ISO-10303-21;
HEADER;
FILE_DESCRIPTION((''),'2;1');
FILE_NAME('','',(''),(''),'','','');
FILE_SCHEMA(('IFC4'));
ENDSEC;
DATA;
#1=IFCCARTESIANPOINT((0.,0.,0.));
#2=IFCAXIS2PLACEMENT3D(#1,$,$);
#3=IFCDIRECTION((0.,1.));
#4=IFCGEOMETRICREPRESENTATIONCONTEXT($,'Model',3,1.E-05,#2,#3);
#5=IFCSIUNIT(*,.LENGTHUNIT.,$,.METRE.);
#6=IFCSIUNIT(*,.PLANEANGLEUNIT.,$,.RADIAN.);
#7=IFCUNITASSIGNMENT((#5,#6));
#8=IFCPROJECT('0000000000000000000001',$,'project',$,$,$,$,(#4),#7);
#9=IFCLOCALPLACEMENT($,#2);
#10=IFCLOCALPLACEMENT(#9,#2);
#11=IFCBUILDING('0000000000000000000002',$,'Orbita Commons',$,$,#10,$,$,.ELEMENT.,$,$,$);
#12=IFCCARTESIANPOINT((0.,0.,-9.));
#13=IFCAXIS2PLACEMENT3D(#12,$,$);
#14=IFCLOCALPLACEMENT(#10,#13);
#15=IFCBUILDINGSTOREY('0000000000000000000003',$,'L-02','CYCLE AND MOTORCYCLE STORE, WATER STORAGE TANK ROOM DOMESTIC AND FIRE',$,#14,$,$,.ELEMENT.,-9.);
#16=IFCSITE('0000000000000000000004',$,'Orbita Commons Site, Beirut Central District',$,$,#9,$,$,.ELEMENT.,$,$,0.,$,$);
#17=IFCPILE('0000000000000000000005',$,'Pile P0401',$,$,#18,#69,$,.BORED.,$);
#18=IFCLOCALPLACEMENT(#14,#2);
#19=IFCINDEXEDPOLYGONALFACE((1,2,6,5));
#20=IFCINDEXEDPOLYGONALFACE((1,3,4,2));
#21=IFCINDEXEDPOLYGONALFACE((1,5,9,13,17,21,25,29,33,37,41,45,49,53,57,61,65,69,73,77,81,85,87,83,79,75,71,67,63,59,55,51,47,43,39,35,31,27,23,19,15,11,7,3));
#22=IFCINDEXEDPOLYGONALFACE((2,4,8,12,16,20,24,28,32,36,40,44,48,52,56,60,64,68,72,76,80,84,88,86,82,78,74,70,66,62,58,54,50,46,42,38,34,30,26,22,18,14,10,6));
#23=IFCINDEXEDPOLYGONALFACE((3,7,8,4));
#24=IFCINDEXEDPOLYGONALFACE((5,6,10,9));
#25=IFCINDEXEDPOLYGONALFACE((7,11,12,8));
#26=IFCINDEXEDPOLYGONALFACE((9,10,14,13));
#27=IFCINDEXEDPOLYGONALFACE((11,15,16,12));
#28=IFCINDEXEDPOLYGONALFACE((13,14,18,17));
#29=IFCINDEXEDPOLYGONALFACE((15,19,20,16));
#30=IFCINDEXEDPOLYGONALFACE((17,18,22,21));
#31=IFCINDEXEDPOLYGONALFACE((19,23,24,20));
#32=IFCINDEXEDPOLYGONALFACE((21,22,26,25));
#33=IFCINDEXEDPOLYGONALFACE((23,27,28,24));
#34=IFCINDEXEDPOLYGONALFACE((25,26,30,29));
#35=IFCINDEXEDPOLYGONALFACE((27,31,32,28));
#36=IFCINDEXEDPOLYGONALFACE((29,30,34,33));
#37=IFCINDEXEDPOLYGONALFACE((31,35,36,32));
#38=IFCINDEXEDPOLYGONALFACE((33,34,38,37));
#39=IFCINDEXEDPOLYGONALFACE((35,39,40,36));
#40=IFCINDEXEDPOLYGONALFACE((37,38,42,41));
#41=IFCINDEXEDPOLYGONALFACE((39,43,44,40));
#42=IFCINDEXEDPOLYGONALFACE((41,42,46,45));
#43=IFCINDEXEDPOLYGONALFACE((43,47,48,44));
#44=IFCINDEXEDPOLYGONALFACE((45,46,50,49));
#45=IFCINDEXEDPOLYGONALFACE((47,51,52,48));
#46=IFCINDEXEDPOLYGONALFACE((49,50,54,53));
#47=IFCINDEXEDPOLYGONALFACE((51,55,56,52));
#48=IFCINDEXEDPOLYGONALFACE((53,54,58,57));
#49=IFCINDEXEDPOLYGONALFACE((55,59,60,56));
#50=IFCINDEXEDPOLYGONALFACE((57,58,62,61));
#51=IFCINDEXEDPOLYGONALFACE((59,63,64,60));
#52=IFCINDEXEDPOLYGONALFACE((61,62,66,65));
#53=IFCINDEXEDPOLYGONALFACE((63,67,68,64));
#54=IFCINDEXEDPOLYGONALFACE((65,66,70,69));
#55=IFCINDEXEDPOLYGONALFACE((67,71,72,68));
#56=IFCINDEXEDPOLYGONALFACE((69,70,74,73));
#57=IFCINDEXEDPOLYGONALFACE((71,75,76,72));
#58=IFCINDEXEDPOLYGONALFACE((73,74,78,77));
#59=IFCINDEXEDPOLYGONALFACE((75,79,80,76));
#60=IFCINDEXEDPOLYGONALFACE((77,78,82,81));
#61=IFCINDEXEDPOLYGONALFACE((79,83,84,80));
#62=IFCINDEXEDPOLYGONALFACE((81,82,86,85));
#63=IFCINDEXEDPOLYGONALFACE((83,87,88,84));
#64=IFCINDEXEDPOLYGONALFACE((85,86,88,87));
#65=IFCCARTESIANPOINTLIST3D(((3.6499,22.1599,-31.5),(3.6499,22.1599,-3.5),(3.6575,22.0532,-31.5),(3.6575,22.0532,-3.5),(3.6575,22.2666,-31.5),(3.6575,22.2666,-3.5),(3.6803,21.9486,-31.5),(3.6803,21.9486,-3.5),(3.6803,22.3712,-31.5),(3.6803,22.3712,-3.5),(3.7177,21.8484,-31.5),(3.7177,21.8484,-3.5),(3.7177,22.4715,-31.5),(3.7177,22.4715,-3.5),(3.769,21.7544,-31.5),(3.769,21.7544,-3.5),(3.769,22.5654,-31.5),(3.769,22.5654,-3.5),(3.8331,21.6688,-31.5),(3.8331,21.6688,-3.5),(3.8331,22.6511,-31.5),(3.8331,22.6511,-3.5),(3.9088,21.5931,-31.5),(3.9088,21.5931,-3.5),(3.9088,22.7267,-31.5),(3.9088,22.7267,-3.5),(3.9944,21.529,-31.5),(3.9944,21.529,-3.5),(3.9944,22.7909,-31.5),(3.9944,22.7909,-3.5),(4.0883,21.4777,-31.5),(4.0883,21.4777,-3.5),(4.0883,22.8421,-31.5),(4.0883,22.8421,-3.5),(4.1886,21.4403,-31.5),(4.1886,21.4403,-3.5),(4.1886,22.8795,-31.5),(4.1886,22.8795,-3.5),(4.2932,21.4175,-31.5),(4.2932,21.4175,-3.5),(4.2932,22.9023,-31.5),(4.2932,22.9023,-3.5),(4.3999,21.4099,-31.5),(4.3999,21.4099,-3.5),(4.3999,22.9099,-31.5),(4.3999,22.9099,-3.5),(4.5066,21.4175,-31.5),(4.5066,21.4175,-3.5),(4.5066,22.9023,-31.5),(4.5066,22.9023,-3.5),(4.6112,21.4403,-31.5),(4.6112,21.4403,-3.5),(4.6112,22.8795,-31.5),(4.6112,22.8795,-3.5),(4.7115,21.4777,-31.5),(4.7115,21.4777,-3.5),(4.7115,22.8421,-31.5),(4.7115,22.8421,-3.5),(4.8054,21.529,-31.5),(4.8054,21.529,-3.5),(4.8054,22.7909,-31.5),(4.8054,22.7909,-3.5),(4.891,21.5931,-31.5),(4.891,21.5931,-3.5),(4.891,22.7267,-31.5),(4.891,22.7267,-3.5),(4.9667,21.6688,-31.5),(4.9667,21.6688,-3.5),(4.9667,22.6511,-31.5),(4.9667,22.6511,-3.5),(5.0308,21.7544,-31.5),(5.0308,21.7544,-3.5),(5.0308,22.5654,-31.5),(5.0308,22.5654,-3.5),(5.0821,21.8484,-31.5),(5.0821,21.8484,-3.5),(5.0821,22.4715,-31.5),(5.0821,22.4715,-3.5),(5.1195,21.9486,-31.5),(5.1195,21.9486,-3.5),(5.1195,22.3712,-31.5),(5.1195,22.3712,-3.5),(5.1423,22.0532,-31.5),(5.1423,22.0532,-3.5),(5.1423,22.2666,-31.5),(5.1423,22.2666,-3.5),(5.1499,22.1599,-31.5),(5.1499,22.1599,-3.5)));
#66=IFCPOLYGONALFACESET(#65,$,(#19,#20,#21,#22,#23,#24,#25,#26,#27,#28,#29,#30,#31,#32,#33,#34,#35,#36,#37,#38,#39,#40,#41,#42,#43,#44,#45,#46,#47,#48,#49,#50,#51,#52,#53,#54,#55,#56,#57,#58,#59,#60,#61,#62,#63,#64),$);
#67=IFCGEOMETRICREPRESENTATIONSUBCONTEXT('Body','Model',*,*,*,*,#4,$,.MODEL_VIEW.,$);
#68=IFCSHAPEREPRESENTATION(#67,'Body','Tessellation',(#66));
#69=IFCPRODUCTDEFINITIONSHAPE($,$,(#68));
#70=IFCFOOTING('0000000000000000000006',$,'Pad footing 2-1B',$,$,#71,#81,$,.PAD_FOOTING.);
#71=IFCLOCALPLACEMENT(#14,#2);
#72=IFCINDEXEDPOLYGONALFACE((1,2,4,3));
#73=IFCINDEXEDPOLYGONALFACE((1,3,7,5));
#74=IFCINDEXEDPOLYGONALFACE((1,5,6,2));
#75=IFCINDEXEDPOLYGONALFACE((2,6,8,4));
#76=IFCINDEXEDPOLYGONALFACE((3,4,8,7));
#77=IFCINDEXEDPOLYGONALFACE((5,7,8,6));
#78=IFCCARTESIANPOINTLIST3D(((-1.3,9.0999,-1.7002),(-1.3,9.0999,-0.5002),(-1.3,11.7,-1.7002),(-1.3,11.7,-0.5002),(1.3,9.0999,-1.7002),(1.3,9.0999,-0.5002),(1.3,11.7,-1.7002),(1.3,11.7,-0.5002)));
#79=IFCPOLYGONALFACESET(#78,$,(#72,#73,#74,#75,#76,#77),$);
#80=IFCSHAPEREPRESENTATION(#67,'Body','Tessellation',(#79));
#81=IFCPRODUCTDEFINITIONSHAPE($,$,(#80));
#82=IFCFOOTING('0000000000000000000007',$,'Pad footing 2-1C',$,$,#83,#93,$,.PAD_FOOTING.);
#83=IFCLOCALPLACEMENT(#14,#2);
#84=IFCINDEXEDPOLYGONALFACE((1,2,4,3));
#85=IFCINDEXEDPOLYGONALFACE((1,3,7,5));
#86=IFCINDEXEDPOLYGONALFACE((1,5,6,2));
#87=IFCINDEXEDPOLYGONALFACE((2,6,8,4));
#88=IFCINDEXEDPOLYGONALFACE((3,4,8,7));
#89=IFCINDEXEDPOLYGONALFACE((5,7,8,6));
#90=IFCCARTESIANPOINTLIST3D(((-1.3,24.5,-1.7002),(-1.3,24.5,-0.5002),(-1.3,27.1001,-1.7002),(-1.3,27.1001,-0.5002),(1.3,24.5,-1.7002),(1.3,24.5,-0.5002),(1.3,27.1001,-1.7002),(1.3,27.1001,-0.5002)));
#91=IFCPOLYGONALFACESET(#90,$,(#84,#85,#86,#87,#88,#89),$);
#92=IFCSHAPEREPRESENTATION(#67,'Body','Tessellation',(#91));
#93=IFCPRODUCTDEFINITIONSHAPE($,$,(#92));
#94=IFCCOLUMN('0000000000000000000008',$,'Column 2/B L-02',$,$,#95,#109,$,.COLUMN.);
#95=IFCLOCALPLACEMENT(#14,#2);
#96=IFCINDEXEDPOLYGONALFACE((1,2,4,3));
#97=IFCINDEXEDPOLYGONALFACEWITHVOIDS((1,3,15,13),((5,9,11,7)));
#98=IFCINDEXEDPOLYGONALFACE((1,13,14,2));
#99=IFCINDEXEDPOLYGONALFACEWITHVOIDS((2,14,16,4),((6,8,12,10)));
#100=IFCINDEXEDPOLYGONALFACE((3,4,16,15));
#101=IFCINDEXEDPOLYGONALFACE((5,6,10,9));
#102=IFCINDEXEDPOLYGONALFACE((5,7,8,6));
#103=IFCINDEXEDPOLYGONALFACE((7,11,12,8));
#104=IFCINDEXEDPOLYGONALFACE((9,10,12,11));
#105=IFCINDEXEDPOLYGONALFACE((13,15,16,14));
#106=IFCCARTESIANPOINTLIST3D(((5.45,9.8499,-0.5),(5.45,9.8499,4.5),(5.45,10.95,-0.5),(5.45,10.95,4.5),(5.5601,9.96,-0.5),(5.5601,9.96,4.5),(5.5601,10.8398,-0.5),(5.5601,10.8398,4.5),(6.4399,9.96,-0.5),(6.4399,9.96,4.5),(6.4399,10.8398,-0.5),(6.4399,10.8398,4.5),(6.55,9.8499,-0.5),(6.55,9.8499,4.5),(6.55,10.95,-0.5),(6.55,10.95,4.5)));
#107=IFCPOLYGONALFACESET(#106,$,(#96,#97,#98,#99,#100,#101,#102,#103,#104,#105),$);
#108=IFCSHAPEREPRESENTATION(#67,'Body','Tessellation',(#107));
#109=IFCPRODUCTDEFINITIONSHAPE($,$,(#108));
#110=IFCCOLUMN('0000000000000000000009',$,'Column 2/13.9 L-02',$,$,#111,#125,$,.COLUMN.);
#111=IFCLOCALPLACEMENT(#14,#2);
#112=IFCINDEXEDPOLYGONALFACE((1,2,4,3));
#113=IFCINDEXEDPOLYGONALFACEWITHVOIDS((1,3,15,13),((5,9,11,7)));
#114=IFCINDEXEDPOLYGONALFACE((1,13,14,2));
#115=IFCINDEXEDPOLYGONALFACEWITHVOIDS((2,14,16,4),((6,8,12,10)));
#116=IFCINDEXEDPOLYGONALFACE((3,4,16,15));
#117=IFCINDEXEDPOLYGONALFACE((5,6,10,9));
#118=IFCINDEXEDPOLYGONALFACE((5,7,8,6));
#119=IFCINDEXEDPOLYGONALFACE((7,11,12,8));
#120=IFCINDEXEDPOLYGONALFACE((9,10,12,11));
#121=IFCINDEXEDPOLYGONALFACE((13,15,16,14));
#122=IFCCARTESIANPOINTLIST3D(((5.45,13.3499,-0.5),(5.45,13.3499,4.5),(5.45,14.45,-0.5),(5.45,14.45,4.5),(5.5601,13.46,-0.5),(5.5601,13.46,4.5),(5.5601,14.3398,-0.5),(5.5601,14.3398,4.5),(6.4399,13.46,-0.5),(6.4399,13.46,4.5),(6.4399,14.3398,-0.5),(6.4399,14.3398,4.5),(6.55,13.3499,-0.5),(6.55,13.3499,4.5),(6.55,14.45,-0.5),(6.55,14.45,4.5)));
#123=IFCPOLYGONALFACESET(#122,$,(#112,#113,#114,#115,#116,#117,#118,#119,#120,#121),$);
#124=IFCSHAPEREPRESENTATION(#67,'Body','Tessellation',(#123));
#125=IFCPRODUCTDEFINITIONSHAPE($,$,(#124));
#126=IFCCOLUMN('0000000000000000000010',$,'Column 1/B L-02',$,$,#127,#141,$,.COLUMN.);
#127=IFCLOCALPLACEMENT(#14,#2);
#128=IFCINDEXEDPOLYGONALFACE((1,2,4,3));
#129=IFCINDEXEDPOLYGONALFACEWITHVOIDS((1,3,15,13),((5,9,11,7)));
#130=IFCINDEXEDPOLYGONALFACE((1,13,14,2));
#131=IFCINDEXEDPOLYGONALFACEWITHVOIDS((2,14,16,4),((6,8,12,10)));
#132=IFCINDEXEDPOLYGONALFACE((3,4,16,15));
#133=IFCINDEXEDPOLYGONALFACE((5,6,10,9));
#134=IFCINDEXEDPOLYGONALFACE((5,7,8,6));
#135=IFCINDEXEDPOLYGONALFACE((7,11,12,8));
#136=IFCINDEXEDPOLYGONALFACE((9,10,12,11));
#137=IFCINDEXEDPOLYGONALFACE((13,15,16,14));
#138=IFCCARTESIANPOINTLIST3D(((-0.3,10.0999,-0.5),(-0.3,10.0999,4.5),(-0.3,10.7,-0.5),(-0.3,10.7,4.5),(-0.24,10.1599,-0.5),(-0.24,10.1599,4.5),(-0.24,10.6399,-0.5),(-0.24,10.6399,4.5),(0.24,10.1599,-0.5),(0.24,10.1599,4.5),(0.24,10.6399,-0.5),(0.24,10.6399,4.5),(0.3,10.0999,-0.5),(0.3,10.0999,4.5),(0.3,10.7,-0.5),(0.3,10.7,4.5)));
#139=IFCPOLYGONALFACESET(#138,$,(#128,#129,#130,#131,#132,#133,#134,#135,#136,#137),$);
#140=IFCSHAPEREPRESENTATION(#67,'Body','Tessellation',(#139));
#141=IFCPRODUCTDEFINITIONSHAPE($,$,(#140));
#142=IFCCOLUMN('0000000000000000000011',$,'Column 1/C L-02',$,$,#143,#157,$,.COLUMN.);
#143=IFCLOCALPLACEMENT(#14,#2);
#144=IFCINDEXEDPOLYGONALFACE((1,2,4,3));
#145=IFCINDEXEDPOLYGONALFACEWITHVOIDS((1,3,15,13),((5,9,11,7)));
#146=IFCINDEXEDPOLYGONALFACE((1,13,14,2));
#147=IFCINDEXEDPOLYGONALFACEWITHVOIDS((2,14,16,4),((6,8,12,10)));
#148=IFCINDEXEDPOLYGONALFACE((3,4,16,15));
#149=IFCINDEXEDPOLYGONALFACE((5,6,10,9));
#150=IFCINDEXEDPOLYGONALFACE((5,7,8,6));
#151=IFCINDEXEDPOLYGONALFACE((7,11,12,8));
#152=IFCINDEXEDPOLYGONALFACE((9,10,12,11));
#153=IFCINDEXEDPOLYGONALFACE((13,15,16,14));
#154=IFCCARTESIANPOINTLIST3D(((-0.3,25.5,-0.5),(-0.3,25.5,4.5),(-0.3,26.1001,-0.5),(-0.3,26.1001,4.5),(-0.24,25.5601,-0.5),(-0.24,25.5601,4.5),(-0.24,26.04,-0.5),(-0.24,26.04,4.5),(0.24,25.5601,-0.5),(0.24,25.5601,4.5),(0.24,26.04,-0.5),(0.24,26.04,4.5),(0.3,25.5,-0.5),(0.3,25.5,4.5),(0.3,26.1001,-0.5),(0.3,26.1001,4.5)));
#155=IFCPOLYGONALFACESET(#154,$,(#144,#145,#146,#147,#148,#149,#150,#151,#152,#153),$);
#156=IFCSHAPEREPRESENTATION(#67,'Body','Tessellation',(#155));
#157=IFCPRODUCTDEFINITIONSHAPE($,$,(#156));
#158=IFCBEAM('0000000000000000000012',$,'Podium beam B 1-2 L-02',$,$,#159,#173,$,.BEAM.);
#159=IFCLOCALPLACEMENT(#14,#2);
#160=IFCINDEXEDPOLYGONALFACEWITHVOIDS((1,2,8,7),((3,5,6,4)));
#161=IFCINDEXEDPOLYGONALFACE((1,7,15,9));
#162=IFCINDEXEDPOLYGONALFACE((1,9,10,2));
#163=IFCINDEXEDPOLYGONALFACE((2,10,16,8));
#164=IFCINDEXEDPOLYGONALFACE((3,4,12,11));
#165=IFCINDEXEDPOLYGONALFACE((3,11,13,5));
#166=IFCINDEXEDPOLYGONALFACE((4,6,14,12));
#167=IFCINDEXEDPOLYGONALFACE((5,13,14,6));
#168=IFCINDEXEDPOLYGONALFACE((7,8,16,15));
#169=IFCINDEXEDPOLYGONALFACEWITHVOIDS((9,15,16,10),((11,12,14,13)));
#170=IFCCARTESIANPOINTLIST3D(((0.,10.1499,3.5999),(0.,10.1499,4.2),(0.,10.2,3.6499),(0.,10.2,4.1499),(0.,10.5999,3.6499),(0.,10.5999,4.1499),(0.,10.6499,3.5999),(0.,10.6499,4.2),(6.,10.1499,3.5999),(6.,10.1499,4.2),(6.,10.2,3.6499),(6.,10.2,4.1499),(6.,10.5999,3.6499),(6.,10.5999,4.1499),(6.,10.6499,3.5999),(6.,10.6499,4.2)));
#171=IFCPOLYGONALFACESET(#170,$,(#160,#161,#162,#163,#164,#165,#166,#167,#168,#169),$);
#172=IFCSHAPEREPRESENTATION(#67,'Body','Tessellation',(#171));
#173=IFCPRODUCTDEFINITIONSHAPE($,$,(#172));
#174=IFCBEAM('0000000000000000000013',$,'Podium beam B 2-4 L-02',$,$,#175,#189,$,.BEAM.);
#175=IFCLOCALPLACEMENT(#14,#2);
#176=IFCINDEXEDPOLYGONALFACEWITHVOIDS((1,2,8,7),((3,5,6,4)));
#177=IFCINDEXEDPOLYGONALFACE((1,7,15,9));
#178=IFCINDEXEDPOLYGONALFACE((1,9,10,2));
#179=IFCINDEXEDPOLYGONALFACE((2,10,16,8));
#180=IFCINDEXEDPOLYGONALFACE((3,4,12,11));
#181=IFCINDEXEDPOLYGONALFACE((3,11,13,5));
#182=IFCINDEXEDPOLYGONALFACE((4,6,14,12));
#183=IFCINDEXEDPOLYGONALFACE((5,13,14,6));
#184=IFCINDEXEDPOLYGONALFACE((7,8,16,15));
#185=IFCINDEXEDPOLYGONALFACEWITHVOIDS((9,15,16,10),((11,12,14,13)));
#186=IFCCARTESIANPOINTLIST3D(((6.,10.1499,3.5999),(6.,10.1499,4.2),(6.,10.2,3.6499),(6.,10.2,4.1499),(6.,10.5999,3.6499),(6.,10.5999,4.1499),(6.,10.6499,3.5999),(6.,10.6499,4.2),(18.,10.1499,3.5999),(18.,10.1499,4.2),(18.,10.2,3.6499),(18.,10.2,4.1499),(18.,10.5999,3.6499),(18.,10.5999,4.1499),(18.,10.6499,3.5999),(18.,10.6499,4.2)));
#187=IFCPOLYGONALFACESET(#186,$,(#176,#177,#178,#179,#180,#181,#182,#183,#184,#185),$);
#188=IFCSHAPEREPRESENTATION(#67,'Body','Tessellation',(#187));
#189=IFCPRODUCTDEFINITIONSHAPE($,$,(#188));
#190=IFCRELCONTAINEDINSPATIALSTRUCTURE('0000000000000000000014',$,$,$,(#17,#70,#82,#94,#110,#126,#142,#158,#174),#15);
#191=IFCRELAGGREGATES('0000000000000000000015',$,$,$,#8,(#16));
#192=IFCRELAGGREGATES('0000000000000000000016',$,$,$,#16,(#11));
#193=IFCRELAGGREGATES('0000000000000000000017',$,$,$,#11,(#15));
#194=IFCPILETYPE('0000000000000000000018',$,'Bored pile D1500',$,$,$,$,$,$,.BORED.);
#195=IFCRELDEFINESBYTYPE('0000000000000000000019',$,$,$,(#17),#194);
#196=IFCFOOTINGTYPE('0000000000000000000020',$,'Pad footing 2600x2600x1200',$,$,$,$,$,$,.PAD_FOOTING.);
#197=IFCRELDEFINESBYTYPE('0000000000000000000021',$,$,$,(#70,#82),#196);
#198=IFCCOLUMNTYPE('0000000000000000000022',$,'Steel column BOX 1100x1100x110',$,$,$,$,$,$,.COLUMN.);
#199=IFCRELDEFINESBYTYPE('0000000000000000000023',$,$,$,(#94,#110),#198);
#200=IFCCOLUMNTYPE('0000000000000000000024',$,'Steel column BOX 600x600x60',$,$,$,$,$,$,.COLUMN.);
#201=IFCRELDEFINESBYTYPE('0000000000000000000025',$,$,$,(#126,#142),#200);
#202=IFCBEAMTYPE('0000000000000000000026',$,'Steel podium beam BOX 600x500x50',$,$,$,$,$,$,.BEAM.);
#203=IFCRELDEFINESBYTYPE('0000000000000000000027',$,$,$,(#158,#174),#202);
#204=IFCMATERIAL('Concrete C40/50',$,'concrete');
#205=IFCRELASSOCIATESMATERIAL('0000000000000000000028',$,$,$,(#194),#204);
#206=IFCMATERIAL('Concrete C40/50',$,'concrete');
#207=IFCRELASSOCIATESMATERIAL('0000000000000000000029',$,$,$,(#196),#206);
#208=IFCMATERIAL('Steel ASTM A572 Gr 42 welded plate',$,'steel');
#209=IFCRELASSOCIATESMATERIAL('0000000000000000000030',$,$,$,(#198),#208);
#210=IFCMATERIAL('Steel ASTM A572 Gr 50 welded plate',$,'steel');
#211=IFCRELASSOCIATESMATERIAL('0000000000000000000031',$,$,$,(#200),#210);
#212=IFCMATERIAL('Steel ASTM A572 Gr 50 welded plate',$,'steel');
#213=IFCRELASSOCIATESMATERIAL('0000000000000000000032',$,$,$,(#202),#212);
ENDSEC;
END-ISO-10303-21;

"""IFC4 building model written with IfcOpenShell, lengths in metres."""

from ifc_helpers import new_model, si_unit, direction, frame, origin, origin_2d, place, context, subcontext, project, spatial, rectangle, hollow_rectangle, circle, extrude, material, material_profile, profile_set, type_object, element, save


model = new_model("IFC4")

# Units and contexts
model_context = context("Model", 3, precision=1e-05, world=origin(), true_north=direction((0.0, 1.0)))
body_context = subcontext(model_context, "Body", "Model", "MODEL_VIEW")
ifc_project = project(units=[si_unit("LENGTHUNIT", "METRE"), si_unit("PLANEANGLEUNIT", "RADIAN")], contexts=[model_context])

# Site, building, storey
site_placement = place(None, origin())
site = spatial("IfcSite", under=ifc_project, at=site_placement, Name="Orbita Commons Site, Beirut Central District", CompositionType="ELEMENT", RefElevation=0.0)
building_placement = place(site_placement, origin())
building = spatial("IfcBuilding", under=site, at=building_placement, Name="Orbita Commons", CompositionType="ELEMENT")
storey_placement = place(building_placement, frame((0.0, 0.0, -9.0)))
storey = spatial("IfcBuildingStorey", under=building, at=storey_placement, Name="L-02", Description="CYCLE AND MOTORCYCLE STORE, WATER STORAGE TANK ROOM DOMESTIC AND FIRE", CompositionType="ELEMENT", Elevation=-9.0)

# Pile
ifc_material_1 = material(Name="Concrete C40/50", Category="concrete")
ifc_material_profile_1 = material_profile(ifc_material_1, circle(Radius=0.75, at=origin_2d()), Name="RC D1500")
ifc_profile_set_1 = profile_set([ifc_material_profile_1], Name="Concrete C40/50")
pile_type = type_object("IfcPileType", Name="Bored pile D1500", PredefinedType="BORED", material=ifc_profile_set_1)
for number, where, z_axis, x_axis, name in (
    (1, (4.3999, 22.1599, -3.5), (0.0, 0.0, -1.0), (1.0, 0.0, 0.0), "Pile P0401"),
):
    element("IfcPile", number, at=place(storey_placement, frame(where, z_axis=z_axis, x_axis=x_axis)), inside=storey, type_object=pile_type, Name=name, PredefinedType="BORED", context=body_context, shape_type="SweptSolid", body=[
        extrude(circle(Radius=0.75, at=origin_2d()), origin(), (0.0, 0.0, 1.0), 28.0),
    ])

# Footings
ifc_material_2 = material(Name="Concrete C40/50", Category="concrete")
footing_type = type_object("IfcFootingType", Name="Pad footing 2600x2600x1200", PredefinedType="PAD_FOOTING", material=ifc_material_2)
for number, where, z_axis, x_axis, name in (
    (2, (0.0, 10.3999, -1.7002), (0.0, 0.0, 1.0), (1.0, 0.0, 0.0), "Pad footing 2-1B"),
    (3, (0.0, 25.8, -1.7002), (0.0, 0.0, 1.0), (1.0, 0.0, 0.0), "Pad footing 2-1C"),
):
    element("IfcFooting", number, at=place(storey_placement, frame(where, z_axis=z_axis, x_axis=x_axis)), inside=storey, type_object=footing_type, Name=name, PredefinedType="PAD_FOOTING", context=body_context, shape_type="SweptSolid", body=[
        extrude(rectangle(XDim=2.6001, YDim=2.6001, at=origin_2d()), origin(), (0.0, 0.0, 1.0), 1.2),
    ])

# Columns
ifc_material_3 = material(Name="Steel ASTM A572 Gr 42 welded plate", Category="steel")
ifc_material_profile_2 = material_profile(ifc_material_3, hollow_rectangle(XDim=1.1001, YDim=1.1001, WallThickness=0.1101, at=origin_2d()), Name="BOX 1100x1100x110")
ifc_profile_set_2 = profile_set([ifc_material_profile_2], Name="Steel ASTM A572 Gr 42 welded plate")
column_type_1 = type_object("IfcColumnType", Name="Steel column BOX 1100x1100x110", PredefinedType="COLUMN", material=ifc_profile_set_2)
for number, where, z_axis, x_axis, name in (
    (4, (6.0, 10.3999, -0.5), (0.0, 0.0, 1.0), (1.0, 0.0, 0.0), "Column 2/B L-02"),
    (5, (6.0, 13.8999, -0.5), (0.0, 0.0, 1.0), (1.0, 0.0, 0.0), "Column 2/13.9 L-02"),
):
    element("IfcColumn", number, at=place(storey_placement, frame(where, z_axis=z_axis, x_axis=x_axis)), inside=storey, type_object=column_type_1, Name=name, PredefinedType="COLUMN", context=body_context, shape_type="SweptSolid", body=[
        extrude(hollow_rectangle(XDim=1.1001, YDim=1.1001, WallThickness=0.1101, at=origin_2d()), origin(), (0.0, 0.0, 1.0), 5.0),
    ])
ifc_material_4 = material(Name="Steel ASTM A572 Gr 50 welded plate", Category="steel")
ifc_material_profile_3 = material_profile(ifc_material_4, hollow_rectangle(XDim=0.6001, YDim=0.6001, WallThickness=0.0601, at=origin_2d()), Name="BOX 600x600x60")
ifc_profile_set_3 = profile_set([ifc_material_profile_3], Name="Steel ASTM A572 Gr 50 welded plate")
column_type_2 = type_object("IfcColumnType", Name="Steel column BOX 600x600x60", PredefinedType="COLUMN", material=ifc_profile_set_3)
for number, where, z_axis, x_axis, name in (
    (6, (0.0, 10.3999, -0.5), (0.0, 0.0, 1.0), (1.0, 0.0, 0.0), "Column 1/B L-02"),
    (7, (0.0, 25.8, -0.5), (0.0, 0.0, 1.0), (1.0, 0.0, 0.0), "Column 1/C L-02"),
):
    element("IfcColumn", number, at=place(storey_placement, frame(where, z_axis=z_axis, x_axis=x_axis)), inside=storey, type_object=column_type_2, Name=name, PredefinedType="COLUMN", context=body_context, shape_type="SweptSolid", body=[
        extrude(hollow_rectangle(XDim=0.6001, YDim=0.6001, WallThickness=0.0601, at=origin_2d()), origin(), (0.0, 0.0, 1.0), 5.0),
    ])

# Beams
ifc_material_5 = material(Name="Steel ASTM A572 Gr 50 welded plate", Category="steel")
ifc_material_profile_4 = material_profile(ifc_material_5, hollow_rectangle(XDim=0.5, YDim=0.6001, WallThickness=0.05, at=origin_2d()), Name="BOX 600x500x50")
ifc_profile_set_4 = profile_set([ifc_material_profile_4], Name="Steel ASTM A572 Gr 50 welded plate")
beam_type = type_object("IfcBeamType", Name="Steel podium beam BOX 600x500x50", PredefinedType="BEAM", material=ifc_profile_set_4)
beam_1_placement = place(storey_placement, frame((0.0, 10.3999, 3.8999), z_axis=(1.0, 0.0, 0.0), x_axis=(0.0, 1.0, 0.0)))
element("IfcBeam", 8, at=beam_1_placement, inside=storey, type_object=beam_type, Name="Podium beam B 1-2 L-02", PredefinedType="BEAM", context=body_context, shape_type="SweptSolid", body=[
    extrude(hollow_rectangle(XDim=0.5, YDim=0.6001, WallThickness=0.05, at=origin_2d()), origin(), (0.0, 0.0, 1.0), 6.0),
])
beam_2_placement = place(storey_placement, frame((6.0, 10.3999, 3.8999), z_axis=(1.0, 0.0, 0.0), x_axis=(0.0, 1.0, 0.0)))
element("IfcBeam", 9, at=beam_2_placement, inside=storey, type_object=beam_type, Name="Podium beam B 2-4 L-02", PredefinedType="BEAM", context=body_context, shape_type="SweptSolid", body=[
    extrude(hollow_rectangle(XDim=0.5, YDim=0.6001, WallThickness=0.05, at=origin_2d()), origin(), (0.0, 0.0, 1.0), 12.0),
])

save(model, "model.ifc")
